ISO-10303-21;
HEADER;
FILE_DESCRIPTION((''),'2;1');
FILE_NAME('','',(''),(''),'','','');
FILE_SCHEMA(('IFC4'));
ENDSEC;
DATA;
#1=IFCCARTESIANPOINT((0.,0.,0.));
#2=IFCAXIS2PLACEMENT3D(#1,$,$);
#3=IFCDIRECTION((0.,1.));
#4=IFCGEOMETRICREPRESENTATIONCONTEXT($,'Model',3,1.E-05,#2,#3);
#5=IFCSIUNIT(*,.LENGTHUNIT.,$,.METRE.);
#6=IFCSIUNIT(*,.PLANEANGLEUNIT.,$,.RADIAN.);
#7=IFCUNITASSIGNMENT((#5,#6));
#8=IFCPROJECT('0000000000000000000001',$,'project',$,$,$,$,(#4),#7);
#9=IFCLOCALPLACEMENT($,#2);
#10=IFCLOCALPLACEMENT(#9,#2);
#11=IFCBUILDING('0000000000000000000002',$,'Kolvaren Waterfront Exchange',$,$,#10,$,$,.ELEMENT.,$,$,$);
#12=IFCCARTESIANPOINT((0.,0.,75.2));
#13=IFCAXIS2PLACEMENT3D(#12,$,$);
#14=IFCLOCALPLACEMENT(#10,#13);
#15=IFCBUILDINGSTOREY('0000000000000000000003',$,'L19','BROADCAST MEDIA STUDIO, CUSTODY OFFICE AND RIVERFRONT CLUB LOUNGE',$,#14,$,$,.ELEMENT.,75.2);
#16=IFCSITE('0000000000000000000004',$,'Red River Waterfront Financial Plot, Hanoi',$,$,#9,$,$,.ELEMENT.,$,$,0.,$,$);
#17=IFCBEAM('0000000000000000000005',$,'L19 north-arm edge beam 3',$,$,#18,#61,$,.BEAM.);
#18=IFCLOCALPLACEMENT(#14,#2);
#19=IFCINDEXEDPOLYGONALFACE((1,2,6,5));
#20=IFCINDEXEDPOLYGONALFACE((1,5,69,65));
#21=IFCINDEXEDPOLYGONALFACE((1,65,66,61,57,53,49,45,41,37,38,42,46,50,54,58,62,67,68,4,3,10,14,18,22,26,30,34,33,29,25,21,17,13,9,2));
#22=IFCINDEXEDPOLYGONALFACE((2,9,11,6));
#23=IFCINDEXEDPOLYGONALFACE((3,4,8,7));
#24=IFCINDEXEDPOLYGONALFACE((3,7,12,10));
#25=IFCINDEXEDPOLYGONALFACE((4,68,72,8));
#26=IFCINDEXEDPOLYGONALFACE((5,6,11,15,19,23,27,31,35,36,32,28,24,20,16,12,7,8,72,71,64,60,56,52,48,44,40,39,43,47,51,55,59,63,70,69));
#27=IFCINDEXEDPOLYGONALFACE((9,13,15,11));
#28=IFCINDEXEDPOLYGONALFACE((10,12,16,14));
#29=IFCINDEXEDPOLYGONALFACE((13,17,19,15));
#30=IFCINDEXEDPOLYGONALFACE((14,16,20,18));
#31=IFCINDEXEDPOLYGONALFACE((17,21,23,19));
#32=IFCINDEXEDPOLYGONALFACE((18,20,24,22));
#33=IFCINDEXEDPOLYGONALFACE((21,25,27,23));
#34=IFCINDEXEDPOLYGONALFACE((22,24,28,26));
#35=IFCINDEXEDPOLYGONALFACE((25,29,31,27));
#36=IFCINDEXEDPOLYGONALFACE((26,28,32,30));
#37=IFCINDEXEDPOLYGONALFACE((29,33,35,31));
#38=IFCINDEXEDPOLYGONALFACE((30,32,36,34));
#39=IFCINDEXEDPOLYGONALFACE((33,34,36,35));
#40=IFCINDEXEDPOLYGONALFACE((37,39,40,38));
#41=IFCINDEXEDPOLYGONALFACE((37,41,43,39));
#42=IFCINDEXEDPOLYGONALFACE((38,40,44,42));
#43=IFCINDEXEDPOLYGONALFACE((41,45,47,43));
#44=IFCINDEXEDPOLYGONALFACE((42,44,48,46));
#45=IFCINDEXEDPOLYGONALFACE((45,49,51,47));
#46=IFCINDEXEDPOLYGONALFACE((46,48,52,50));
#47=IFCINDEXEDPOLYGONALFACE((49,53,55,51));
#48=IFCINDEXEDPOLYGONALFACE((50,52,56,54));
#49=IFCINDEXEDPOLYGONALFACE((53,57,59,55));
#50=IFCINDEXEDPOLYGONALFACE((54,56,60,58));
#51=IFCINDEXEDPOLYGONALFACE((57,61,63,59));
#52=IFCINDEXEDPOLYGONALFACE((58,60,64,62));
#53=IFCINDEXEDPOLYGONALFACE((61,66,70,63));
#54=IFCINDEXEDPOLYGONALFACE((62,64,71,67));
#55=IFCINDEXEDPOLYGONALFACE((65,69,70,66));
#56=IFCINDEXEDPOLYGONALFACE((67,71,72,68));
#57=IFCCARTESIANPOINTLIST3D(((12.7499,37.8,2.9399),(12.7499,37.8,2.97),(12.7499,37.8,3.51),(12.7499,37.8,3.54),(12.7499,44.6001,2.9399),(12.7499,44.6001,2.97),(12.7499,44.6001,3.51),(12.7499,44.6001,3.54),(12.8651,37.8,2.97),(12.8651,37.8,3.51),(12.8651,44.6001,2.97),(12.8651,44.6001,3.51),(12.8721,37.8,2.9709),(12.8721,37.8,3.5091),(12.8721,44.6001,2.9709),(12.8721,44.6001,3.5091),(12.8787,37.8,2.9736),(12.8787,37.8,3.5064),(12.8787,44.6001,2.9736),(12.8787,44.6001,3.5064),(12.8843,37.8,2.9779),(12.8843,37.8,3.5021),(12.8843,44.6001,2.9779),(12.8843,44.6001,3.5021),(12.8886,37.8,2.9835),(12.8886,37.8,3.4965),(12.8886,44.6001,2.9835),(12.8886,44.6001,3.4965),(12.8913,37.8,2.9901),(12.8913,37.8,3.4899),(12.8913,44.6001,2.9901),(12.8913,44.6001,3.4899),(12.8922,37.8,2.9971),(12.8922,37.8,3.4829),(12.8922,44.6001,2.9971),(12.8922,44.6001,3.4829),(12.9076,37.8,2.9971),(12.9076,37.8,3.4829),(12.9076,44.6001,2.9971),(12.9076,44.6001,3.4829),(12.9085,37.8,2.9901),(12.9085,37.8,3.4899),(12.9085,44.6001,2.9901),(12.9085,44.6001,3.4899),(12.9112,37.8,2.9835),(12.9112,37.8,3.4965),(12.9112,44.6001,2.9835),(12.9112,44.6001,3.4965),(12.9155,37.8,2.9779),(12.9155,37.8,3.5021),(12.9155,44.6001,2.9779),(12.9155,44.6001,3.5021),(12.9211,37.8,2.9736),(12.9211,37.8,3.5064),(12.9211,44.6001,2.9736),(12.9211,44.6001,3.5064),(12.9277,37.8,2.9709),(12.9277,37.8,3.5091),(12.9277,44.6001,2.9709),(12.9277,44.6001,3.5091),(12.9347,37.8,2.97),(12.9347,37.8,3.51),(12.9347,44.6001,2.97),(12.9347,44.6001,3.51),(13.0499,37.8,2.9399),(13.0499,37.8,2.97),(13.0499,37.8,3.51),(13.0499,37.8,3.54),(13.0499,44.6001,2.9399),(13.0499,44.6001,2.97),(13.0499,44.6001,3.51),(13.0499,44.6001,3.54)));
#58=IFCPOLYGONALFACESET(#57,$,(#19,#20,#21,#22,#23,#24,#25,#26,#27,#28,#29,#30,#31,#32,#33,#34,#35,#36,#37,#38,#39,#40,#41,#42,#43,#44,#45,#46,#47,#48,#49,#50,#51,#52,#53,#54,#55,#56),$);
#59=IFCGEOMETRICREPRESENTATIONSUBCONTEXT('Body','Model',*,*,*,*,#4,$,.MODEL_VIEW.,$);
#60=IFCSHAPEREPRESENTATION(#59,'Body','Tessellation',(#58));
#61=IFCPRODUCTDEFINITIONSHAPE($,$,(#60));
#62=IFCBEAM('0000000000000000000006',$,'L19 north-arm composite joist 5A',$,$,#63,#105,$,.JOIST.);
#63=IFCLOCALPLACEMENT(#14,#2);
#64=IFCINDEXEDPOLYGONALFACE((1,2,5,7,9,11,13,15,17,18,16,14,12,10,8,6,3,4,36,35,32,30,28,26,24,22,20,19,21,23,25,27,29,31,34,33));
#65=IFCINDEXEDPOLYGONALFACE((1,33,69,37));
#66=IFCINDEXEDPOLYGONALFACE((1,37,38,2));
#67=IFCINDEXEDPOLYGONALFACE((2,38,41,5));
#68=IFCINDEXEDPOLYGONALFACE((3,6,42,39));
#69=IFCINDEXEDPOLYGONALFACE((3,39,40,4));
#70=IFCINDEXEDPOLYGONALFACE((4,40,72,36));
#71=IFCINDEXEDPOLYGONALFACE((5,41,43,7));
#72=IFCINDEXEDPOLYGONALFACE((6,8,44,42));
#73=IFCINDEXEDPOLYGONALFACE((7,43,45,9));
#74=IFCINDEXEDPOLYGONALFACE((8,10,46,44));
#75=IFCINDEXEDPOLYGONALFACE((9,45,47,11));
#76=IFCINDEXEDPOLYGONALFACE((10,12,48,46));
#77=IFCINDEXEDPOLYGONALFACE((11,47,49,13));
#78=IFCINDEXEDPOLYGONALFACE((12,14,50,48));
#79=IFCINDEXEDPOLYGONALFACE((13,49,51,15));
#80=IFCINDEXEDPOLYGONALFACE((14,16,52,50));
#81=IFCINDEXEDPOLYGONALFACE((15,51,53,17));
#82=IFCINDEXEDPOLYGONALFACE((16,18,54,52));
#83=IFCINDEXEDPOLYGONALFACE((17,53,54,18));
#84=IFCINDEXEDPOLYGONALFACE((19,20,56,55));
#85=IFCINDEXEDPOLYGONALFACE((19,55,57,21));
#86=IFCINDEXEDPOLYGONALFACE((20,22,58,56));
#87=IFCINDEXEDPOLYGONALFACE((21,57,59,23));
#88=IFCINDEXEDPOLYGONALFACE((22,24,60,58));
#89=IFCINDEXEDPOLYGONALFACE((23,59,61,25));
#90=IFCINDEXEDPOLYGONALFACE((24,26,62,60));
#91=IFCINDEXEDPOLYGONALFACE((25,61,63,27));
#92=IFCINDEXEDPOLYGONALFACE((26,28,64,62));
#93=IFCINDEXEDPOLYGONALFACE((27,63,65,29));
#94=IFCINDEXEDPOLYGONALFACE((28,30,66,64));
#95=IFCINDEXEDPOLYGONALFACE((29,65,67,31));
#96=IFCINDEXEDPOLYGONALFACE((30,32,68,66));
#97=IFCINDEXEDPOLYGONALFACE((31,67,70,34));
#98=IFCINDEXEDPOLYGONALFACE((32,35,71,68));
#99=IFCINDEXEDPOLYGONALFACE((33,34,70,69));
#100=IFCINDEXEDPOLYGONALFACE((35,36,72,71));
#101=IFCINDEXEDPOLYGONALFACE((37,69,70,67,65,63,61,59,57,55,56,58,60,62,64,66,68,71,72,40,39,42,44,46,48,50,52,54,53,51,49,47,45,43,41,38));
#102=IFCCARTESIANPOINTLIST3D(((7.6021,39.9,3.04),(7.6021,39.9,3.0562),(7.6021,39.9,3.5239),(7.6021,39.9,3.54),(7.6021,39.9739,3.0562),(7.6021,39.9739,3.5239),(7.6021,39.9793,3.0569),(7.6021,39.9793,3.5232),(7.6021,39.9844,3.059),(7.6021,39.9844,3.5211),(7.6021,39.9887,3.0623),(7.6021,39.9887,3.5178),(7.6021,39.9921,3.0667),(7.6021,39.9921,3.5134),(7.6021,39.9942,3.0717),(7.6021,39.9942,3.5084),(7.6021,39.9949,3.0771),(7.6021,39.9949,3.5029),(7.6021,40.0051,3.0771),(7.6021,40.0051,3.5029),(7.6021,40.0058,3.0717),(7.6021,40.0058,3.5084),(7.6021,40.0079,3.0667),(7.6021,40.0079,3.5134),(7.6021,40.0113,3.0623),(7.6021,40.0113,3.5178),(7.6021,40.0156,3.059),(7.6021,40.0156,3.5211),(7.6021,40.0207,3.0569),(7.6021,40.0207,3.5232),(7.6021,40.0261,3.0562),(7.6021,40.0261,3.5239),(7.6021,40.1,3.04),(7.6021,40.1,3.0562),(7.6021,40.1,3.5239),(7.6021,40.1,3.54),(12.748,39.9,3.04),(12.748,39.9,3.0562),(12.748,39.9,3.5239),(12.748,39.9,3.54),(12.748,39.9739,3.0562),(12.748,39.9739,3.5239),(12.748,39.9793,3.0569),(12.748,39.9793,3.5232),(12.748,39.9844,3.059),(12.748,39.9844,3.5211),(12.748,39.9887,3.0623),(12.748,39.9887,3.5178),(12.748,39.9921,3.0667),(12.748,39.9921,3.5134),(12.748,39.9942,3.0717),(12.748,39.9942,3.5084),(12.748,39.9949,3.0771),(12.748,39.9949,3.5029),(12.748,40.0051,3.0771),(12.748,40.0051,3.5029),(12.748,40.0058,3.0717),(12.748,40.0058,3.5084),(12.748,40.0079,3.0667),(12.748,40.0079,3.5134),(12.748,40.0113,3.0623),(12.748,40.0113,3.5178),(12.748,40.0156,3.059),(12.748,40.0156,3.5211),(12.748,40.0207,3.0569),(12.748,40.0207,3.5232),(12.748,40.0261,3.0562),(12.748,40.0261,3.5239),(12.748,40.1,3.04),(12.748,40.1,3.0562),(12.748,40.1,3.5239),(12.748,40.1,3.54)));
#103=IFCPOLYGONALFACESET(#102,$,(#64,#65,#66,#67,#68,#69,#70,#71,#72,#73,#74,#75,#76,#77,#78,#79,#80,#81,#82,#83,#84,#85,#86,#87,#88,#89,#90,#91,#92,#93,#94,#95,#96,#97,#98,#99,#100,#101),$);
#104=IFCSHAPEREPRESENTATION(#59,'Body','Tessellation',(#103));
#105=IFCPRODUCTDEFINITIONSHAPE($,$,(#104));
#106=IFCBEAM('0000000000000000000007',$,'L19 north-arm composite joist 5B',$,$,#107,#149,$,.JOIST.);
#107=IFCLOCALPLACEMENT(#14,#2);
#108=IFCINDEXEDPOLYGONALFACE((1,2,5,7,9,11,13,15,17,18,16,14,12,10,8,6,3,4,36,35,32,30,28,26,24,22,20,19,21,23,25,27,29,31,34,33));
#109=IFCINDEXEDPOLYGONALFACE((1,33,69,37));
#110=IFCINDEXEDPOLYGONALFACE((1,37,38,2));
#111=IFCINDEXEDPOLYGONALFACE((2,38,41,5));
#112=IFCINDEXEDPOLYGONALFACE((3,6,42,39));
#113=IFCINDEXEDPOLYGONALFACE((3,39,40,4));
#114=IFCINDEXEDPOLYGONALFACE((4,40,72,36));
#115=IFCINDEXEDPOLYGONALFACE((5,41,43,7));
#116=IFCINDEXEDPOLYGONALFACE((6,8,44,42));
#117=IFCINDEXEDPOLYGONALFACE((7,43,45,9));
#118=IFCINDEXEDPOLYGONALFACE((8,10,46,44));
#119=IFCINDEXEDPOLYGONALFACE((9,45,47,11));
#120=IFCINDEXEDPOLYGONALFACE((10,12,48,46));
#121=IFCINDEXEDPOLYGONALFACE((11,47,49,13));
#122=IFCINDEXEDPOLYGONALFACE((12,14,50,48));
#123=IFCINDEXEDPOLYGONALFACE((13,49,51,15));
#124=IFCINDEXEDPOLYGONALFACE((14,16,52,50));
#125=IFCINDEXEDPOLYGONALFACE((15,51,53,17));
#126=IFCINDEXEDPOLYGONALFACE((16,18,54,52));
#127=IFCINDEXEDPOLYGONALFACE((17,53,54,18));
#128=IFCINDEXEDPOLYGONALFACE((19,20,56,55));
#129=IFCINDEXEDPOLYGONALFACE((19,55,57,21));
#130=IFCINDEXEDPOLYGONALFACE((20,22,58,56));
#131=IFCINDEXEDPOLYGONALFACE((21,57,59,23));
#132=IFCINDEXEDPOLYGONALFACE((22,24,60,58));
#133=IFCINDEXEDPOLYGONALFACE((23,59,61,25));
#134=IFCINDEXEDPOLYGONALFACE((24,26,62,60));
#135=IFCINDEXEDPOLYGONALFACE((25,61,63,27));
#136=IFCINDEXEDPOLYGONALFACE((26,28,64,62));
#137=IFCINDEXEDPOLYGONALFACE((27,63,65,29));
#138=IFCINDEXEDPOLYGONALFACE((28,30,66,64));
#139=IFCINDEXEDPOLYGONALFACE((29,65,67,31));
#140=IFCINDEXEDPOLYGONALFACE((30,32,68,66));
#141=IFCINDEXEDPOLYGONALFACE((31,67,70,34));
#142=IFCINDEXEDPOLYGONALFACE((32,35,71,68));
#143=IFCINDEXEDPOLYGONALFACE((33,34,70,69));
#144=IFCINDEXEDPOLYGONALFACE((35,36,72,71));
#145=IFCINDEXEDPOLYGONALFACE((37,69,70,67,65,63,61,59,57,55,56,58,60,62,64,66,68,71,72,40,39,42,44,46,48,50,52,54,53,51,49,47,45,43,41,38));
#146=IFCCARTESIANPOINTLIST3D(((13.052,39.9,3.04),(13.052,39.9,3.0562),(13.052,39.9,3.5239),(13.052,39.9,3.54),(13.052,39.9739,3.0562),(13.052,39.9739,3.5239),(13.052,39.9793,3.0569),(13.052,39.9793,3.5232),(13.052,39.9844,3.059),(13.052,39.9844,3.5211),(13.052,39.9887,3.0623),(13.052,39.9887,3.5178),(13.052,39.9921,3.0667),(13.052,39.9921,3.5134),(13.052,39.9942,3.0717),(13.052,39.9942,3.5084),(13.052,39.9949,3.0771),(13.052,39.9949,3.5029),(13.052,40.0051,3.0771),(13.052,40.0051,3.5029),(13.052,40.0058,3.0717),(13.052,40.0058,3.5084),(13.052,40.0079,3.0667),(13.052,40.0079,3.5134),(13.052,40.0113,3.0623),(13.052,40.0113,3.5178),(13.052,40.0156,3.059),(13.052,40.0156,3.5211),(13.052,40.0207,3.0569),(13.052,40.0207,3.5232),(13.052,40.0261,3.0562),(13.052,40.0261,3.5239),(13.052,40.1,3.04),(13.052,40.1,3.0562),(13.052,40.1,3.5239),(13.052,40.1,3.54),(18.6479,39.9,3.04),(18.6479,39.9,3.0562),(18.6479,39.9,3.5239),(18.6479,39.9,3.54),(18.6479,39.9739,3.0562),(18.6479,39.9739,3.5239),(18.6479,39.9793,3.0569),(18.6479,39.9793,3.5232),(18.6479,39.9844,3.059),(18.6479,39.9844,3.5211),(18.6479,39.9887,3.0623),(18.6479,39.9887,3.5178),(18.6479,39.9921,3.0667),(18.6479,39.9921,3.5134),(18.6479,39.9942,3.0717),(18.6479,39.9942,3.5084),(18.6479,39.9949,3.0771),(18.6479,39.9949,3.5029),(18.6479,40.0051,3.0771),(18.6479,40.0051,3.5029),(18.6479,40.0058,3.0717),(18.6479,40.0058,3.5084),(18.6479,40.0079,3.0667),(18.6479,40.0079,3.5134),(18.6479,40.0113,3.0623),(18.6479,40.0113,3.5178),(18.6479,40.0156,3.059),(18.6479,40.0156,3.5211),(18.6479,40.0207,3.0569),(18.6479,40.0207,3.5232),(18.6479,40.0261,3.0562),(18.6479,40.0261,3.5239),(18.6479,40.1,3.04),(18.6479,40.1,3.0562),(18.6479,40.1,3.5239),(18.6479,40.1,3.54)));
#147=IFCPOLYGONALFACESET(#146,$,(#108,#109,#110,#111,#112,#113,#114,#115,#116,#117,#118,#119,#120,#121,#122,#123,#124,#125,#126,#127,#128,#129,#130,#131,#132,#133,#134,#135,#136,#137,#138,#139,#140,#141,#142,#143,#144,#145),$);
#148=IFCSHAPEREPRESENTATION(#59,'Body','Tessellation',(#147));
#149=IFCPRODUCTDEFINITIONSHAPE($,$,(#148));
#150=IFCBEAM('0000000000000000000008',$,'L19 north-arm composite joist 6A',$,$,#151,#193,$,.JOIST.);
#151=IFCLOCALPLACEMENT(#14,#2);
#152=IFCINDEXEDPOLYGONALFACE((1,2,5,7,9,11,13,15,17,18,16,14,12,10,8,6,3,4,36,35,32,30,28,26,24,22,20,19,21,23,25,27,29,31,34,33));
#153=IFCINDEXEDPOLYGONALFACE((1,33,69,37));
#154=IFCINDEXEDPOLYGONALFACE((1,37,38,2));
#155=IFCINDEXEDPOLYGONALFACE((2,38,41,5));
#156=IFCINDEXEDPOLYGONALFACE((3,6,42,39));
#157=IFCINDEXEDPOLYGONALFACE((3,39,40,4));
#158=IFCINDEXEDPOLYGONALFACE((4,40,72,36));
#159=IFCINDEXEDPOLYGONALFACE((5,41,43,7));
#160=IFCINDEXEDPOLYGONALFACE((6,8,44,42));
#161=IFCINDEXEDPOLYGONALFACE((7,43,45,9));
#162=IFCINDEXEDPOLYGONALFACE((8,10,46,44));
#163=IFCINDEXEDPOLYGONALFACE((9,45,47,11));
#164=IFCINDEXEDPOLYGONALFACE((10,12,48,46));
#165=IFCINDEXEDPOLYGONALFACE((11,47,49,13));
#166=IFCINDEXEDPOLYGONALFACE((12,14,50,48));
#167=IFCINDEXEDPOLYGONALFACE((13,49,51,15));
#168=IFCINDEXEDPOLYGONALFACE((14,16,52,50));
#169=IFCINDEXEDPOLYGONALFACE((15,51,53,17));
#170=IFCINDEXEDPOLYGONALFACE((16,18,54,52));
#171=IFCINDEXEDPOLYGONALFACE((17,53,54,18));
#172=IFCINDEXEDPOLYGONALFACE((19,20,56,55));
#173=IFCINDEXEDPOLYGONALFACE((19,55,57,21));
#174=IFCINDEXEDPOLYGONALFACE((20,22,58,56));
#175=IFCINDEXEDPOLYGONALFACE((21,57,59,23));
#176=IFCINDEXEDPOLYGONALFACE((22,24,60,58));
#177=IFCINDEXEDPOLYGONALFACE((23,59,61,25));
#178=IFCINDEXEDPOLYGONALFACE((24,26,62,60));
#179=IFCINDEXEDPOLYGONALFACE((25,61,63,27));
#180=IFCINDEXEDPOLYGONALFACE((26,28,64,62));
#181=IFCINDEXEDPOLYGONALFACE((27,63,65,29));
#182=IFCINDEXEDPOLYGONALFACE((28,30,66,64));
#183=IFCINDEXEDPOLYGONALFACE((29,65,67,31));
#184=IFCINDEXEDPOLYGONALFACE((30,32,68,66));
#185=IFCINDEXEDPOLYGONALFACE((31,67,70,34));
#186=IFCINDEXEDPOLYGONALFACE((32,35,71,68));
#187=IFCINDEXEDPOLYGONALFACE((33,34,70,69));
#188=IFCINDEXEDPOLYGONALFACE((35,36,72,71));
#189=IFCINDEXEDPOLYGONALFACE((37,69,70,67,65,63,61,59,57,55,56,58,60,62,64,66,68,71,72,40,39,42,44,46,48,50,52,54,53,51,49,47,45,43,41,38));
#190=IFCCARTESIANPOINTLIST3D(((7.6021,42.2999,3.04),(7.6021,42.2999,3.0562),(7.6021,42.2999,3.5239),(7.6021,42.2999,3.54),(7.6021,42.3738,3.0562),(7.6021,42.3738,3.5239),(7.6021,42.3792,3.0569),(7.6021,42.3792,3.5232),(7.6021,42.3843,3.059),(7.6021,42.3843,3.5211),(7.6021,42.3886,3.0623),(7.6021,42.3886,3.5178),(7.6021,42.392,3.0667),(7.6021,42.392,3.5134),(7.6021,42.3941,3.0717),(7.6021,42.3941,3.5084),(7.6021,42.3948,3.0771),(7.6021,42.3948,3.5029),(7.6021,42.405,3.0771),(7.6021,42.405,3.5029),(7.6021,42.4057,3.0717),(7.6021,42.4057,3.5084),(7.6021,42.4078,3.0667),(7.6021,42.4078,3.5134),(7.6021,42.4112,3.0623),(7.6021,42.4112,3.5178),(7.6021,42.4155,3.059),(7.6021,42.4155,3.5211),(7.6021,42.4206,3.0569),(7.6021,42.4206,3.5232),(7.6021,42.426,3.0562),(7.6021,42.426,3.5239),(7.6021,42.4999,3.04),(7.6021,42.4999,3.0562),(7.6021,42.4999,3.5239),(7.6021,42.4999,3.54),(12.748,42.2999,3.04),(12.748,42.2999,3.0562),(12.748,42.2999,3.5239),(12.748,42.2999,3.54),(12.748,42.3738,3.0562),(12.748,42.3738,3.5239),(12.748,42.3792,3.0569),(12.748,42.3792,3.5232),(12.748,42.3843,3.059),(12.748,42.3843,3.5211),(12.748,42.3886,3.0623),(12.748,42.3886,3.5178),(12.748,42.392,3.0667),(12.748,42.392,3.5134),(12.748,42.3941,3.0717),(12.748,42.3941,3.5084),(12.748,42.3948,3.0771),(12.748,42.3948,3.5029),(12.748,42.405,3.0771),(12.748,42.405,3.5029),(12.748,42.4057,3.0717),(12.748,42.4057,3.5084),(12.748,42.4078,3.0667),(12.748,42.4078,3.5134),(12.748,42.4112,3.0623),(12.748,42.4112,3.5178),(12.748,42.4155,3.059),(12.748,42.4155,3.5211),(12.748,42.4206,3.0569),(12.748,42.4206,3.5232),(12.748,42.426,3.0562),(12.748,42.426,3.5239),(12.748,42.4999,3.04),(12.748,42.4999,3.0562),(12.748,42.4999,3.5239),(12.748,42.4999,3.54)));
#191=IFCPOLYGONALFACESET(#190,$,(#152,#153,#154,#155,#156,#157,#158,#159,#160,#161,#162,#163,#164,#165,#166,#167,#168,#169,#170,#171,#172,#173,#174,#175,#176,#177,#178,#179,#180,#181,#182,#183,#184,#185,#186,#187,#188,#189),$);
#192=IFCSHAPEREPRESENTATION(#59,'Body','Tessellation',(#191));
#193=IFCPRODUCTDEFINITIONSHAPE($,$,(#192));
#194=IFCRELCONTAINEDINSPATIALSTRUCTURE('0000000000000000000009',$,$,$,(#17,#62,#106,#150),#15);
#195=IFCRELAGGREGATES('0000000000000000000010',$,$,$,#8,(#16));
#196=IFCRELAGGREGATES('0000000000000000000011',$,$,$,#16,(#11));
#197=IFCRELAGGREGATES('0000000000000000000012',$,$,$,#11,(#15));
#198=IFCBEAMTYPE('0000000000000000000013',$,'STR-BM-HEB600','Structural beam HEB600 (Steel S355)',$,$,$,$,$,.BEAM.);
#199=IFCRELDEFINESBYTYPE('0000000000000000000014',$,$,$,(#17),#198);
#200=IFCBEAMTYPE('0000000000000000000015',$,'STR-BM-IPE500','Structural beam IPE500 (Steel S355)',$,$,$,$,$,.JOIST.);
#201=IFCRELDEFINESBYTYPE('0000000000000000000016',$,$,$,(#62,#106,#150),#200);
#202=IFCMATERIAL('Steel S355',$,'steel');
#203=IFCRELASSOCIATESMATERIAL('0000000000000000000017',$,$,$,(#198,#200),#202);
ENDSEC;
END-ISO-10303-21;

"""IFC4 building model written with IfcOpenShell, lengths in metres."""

from ifc_helpers import new_model, si_unit, direction, frame, origin, origin_2d, place, context, subcontext, project, spatial, i_section, extrude, material, material_profile, profile_set, type_object, element, save


model = new_model("IFC4")

# Units and contexts
model_context = context("Model", 3, precision=1e-05, world=origin(), true_north=direction((0.0, 1.0)))
body_context = subcontext(model_context, "Body", "Model", "MODEL_VIEW")
ifc_project = project(units=[si_unit("LENGTHUNIT", "METRE"), si_unit("PLANEANGLEUNIT", "RADIAN")], contexts=[model_context])

# Site, building, storey
site_placement = place(None, origin())
site = spatial("IfcSite", under=ifc_project, at=site_placement, Name="Red River Waterfront Financial Plot, Hanoi", CompositionType="ELEMENT", RefElevation=0.0)
building_placement = place(site_placement, origin())
building = spatial("IfcBuilding", under=site, at=building_placement, Name="Kolvaren Waterfront Exchange", CompositionType="ELEMENT")
storey_placement = place(building_placement, frame((0.0, 0.0, 75.2)))
storey = spatial("IfcBuildingStorey", under=building, at=storey_placement, Name="L19", Description="BROADCAST MEDIA STUDIO, CUSTODY OFFICE AND RIVERFRONT CLUB LOUNGE", CompositionType="ELEMENT", Elevation=75.2)

# Beams
ifc_material_1 = material(Name="Steel S355", Category="steel")
ifc_material_profile_1 = material_profile(ifc_material_1, i_section(OverallWidth=0.3, OverallDepth=0.6001, WebThickness=0.0154, FlangeThickness=0.03, FilletRadius=0.0271, at=origin_2d()), Name="HEB600")
ifc_profile_set_1 = profile_set([ifc_material_profile_1], Name="Steel S355")
beam_type_1 = type_object("IfcBeamType", Name="STR-BM-HEB600", Description="Structural beam HEB600 (Steel S355)", PredefinedType="BEAM", material=ifc_profile_set_1)
beam_1_placement = place(storey_placement, frame((12.8999, 37.8, 3.24), z_axis=(0.0, 1.0, 0.0), x_axis=(-1.0, 0.0, 0.0)))
element("IfcBeam", 1, at=beam_1_placement, inside=storey, type_object=beam_type_1, Name="L19 north-arm edge beam 3", PredefinedType="BEAM", context=body_context, shape_type="SweptSolid", body=[
    extrude(i_section(OverallWidth=0.3, OverallDepth=0.6001, WebThickness=0.0154, FlangeThickness=0.03, FilletRadius=0.0271, at=origin_2d()), origin(), (0.0, 0.0, 1.0), 6.8),
])
ifc_material_profile_2 = material_profile(ifc_material_1, i_section(OverallWidth=0.2, OverallDepth=0.5, WebThickness=0.0103, FlangeThickness=0.0161, FilletRadius=0.021, at=origin_2d()), Name="IPE500")
ifc_profile_set_2 = profile_set([ifc_material_profile_2], Name="Steel S355")
beam_type_2 = type_object("IfcBeamType", Name="STR-BM-IPE500", Description="Structural beam IPE500 (Steel S355)", PredefinedType="JOIST", material=ifc_profile_set_2)
beam_2_placement = place(storey_placement, frame((7.6021, 40.0, 3.29), z_axis=(1.0, 0.0, 0.0), x_axis=(0.0, 1.0, 0.0)))
element("IfcBeam", 2, at=beam_2_placement, inside=storey, type_object=beam_type_2, Name="L19 north-arm composite joist 5A", PredefinedType="JOIST", context=body_context, shape_type="SweptSolid", body=[
    extrude(i_section(OverallWidth=0.2, OverallDepth=0.5, WebThickness=0.0103, FlangeThickness=0.0161, FilletRadius=0.021, at=origin_2d()), origin(), (0.0, 0.0, 1.0), 5.146),
])
beam_3_placement = place(storey_placement, frame((13.052, 40.0, 3.29), z_axis=(1.0, 0.0, 0.0), x_axis=(0.0, 1.0, 0.0)))
element("IfcBeam", 3, at=beam_3_placement, inside=storey, type_object=beam_type_2, Name="L19 north-arm composite joist 5B", PredefinedType="JOIST", context=body_context, shape_type="SweptSolid", body=[
    extrude(i_section(OverallWidth=0.2, OverallDepth=0.5, WebThickness=0.0103, FlangeThickness=0.0161, FilletRadius=0.021, at=origin_2d()), origin(), (0.0, 0.0, 1.0), 5.5959),
])
beam_4_placement = place(storey_placement, frame((7.6021, 42.3999, 3.29), z_axis=(1.0, 0.0, 0.0), x_axis=(0.0, 1.0, 0.0)))
element("IfcBeam", 4, at=beam_4_placement, inside=storey, type_object=beam_type_2, Name="L19 north-arm composite joist 6A", PredefinedType="JOIST", context=body_context, shape_type="SweptSolid", body=[
    extrude(i_section(OverallWidth=0.2, OverallDepth=0.5, WebThickness=0.0103, FlangeThickness=0.0161, FilletRadius=0.021, at=origin_2d()), origin(), (0.0, 0.0, 1.0), 5.146),
])

save(model, "model.ifc")
